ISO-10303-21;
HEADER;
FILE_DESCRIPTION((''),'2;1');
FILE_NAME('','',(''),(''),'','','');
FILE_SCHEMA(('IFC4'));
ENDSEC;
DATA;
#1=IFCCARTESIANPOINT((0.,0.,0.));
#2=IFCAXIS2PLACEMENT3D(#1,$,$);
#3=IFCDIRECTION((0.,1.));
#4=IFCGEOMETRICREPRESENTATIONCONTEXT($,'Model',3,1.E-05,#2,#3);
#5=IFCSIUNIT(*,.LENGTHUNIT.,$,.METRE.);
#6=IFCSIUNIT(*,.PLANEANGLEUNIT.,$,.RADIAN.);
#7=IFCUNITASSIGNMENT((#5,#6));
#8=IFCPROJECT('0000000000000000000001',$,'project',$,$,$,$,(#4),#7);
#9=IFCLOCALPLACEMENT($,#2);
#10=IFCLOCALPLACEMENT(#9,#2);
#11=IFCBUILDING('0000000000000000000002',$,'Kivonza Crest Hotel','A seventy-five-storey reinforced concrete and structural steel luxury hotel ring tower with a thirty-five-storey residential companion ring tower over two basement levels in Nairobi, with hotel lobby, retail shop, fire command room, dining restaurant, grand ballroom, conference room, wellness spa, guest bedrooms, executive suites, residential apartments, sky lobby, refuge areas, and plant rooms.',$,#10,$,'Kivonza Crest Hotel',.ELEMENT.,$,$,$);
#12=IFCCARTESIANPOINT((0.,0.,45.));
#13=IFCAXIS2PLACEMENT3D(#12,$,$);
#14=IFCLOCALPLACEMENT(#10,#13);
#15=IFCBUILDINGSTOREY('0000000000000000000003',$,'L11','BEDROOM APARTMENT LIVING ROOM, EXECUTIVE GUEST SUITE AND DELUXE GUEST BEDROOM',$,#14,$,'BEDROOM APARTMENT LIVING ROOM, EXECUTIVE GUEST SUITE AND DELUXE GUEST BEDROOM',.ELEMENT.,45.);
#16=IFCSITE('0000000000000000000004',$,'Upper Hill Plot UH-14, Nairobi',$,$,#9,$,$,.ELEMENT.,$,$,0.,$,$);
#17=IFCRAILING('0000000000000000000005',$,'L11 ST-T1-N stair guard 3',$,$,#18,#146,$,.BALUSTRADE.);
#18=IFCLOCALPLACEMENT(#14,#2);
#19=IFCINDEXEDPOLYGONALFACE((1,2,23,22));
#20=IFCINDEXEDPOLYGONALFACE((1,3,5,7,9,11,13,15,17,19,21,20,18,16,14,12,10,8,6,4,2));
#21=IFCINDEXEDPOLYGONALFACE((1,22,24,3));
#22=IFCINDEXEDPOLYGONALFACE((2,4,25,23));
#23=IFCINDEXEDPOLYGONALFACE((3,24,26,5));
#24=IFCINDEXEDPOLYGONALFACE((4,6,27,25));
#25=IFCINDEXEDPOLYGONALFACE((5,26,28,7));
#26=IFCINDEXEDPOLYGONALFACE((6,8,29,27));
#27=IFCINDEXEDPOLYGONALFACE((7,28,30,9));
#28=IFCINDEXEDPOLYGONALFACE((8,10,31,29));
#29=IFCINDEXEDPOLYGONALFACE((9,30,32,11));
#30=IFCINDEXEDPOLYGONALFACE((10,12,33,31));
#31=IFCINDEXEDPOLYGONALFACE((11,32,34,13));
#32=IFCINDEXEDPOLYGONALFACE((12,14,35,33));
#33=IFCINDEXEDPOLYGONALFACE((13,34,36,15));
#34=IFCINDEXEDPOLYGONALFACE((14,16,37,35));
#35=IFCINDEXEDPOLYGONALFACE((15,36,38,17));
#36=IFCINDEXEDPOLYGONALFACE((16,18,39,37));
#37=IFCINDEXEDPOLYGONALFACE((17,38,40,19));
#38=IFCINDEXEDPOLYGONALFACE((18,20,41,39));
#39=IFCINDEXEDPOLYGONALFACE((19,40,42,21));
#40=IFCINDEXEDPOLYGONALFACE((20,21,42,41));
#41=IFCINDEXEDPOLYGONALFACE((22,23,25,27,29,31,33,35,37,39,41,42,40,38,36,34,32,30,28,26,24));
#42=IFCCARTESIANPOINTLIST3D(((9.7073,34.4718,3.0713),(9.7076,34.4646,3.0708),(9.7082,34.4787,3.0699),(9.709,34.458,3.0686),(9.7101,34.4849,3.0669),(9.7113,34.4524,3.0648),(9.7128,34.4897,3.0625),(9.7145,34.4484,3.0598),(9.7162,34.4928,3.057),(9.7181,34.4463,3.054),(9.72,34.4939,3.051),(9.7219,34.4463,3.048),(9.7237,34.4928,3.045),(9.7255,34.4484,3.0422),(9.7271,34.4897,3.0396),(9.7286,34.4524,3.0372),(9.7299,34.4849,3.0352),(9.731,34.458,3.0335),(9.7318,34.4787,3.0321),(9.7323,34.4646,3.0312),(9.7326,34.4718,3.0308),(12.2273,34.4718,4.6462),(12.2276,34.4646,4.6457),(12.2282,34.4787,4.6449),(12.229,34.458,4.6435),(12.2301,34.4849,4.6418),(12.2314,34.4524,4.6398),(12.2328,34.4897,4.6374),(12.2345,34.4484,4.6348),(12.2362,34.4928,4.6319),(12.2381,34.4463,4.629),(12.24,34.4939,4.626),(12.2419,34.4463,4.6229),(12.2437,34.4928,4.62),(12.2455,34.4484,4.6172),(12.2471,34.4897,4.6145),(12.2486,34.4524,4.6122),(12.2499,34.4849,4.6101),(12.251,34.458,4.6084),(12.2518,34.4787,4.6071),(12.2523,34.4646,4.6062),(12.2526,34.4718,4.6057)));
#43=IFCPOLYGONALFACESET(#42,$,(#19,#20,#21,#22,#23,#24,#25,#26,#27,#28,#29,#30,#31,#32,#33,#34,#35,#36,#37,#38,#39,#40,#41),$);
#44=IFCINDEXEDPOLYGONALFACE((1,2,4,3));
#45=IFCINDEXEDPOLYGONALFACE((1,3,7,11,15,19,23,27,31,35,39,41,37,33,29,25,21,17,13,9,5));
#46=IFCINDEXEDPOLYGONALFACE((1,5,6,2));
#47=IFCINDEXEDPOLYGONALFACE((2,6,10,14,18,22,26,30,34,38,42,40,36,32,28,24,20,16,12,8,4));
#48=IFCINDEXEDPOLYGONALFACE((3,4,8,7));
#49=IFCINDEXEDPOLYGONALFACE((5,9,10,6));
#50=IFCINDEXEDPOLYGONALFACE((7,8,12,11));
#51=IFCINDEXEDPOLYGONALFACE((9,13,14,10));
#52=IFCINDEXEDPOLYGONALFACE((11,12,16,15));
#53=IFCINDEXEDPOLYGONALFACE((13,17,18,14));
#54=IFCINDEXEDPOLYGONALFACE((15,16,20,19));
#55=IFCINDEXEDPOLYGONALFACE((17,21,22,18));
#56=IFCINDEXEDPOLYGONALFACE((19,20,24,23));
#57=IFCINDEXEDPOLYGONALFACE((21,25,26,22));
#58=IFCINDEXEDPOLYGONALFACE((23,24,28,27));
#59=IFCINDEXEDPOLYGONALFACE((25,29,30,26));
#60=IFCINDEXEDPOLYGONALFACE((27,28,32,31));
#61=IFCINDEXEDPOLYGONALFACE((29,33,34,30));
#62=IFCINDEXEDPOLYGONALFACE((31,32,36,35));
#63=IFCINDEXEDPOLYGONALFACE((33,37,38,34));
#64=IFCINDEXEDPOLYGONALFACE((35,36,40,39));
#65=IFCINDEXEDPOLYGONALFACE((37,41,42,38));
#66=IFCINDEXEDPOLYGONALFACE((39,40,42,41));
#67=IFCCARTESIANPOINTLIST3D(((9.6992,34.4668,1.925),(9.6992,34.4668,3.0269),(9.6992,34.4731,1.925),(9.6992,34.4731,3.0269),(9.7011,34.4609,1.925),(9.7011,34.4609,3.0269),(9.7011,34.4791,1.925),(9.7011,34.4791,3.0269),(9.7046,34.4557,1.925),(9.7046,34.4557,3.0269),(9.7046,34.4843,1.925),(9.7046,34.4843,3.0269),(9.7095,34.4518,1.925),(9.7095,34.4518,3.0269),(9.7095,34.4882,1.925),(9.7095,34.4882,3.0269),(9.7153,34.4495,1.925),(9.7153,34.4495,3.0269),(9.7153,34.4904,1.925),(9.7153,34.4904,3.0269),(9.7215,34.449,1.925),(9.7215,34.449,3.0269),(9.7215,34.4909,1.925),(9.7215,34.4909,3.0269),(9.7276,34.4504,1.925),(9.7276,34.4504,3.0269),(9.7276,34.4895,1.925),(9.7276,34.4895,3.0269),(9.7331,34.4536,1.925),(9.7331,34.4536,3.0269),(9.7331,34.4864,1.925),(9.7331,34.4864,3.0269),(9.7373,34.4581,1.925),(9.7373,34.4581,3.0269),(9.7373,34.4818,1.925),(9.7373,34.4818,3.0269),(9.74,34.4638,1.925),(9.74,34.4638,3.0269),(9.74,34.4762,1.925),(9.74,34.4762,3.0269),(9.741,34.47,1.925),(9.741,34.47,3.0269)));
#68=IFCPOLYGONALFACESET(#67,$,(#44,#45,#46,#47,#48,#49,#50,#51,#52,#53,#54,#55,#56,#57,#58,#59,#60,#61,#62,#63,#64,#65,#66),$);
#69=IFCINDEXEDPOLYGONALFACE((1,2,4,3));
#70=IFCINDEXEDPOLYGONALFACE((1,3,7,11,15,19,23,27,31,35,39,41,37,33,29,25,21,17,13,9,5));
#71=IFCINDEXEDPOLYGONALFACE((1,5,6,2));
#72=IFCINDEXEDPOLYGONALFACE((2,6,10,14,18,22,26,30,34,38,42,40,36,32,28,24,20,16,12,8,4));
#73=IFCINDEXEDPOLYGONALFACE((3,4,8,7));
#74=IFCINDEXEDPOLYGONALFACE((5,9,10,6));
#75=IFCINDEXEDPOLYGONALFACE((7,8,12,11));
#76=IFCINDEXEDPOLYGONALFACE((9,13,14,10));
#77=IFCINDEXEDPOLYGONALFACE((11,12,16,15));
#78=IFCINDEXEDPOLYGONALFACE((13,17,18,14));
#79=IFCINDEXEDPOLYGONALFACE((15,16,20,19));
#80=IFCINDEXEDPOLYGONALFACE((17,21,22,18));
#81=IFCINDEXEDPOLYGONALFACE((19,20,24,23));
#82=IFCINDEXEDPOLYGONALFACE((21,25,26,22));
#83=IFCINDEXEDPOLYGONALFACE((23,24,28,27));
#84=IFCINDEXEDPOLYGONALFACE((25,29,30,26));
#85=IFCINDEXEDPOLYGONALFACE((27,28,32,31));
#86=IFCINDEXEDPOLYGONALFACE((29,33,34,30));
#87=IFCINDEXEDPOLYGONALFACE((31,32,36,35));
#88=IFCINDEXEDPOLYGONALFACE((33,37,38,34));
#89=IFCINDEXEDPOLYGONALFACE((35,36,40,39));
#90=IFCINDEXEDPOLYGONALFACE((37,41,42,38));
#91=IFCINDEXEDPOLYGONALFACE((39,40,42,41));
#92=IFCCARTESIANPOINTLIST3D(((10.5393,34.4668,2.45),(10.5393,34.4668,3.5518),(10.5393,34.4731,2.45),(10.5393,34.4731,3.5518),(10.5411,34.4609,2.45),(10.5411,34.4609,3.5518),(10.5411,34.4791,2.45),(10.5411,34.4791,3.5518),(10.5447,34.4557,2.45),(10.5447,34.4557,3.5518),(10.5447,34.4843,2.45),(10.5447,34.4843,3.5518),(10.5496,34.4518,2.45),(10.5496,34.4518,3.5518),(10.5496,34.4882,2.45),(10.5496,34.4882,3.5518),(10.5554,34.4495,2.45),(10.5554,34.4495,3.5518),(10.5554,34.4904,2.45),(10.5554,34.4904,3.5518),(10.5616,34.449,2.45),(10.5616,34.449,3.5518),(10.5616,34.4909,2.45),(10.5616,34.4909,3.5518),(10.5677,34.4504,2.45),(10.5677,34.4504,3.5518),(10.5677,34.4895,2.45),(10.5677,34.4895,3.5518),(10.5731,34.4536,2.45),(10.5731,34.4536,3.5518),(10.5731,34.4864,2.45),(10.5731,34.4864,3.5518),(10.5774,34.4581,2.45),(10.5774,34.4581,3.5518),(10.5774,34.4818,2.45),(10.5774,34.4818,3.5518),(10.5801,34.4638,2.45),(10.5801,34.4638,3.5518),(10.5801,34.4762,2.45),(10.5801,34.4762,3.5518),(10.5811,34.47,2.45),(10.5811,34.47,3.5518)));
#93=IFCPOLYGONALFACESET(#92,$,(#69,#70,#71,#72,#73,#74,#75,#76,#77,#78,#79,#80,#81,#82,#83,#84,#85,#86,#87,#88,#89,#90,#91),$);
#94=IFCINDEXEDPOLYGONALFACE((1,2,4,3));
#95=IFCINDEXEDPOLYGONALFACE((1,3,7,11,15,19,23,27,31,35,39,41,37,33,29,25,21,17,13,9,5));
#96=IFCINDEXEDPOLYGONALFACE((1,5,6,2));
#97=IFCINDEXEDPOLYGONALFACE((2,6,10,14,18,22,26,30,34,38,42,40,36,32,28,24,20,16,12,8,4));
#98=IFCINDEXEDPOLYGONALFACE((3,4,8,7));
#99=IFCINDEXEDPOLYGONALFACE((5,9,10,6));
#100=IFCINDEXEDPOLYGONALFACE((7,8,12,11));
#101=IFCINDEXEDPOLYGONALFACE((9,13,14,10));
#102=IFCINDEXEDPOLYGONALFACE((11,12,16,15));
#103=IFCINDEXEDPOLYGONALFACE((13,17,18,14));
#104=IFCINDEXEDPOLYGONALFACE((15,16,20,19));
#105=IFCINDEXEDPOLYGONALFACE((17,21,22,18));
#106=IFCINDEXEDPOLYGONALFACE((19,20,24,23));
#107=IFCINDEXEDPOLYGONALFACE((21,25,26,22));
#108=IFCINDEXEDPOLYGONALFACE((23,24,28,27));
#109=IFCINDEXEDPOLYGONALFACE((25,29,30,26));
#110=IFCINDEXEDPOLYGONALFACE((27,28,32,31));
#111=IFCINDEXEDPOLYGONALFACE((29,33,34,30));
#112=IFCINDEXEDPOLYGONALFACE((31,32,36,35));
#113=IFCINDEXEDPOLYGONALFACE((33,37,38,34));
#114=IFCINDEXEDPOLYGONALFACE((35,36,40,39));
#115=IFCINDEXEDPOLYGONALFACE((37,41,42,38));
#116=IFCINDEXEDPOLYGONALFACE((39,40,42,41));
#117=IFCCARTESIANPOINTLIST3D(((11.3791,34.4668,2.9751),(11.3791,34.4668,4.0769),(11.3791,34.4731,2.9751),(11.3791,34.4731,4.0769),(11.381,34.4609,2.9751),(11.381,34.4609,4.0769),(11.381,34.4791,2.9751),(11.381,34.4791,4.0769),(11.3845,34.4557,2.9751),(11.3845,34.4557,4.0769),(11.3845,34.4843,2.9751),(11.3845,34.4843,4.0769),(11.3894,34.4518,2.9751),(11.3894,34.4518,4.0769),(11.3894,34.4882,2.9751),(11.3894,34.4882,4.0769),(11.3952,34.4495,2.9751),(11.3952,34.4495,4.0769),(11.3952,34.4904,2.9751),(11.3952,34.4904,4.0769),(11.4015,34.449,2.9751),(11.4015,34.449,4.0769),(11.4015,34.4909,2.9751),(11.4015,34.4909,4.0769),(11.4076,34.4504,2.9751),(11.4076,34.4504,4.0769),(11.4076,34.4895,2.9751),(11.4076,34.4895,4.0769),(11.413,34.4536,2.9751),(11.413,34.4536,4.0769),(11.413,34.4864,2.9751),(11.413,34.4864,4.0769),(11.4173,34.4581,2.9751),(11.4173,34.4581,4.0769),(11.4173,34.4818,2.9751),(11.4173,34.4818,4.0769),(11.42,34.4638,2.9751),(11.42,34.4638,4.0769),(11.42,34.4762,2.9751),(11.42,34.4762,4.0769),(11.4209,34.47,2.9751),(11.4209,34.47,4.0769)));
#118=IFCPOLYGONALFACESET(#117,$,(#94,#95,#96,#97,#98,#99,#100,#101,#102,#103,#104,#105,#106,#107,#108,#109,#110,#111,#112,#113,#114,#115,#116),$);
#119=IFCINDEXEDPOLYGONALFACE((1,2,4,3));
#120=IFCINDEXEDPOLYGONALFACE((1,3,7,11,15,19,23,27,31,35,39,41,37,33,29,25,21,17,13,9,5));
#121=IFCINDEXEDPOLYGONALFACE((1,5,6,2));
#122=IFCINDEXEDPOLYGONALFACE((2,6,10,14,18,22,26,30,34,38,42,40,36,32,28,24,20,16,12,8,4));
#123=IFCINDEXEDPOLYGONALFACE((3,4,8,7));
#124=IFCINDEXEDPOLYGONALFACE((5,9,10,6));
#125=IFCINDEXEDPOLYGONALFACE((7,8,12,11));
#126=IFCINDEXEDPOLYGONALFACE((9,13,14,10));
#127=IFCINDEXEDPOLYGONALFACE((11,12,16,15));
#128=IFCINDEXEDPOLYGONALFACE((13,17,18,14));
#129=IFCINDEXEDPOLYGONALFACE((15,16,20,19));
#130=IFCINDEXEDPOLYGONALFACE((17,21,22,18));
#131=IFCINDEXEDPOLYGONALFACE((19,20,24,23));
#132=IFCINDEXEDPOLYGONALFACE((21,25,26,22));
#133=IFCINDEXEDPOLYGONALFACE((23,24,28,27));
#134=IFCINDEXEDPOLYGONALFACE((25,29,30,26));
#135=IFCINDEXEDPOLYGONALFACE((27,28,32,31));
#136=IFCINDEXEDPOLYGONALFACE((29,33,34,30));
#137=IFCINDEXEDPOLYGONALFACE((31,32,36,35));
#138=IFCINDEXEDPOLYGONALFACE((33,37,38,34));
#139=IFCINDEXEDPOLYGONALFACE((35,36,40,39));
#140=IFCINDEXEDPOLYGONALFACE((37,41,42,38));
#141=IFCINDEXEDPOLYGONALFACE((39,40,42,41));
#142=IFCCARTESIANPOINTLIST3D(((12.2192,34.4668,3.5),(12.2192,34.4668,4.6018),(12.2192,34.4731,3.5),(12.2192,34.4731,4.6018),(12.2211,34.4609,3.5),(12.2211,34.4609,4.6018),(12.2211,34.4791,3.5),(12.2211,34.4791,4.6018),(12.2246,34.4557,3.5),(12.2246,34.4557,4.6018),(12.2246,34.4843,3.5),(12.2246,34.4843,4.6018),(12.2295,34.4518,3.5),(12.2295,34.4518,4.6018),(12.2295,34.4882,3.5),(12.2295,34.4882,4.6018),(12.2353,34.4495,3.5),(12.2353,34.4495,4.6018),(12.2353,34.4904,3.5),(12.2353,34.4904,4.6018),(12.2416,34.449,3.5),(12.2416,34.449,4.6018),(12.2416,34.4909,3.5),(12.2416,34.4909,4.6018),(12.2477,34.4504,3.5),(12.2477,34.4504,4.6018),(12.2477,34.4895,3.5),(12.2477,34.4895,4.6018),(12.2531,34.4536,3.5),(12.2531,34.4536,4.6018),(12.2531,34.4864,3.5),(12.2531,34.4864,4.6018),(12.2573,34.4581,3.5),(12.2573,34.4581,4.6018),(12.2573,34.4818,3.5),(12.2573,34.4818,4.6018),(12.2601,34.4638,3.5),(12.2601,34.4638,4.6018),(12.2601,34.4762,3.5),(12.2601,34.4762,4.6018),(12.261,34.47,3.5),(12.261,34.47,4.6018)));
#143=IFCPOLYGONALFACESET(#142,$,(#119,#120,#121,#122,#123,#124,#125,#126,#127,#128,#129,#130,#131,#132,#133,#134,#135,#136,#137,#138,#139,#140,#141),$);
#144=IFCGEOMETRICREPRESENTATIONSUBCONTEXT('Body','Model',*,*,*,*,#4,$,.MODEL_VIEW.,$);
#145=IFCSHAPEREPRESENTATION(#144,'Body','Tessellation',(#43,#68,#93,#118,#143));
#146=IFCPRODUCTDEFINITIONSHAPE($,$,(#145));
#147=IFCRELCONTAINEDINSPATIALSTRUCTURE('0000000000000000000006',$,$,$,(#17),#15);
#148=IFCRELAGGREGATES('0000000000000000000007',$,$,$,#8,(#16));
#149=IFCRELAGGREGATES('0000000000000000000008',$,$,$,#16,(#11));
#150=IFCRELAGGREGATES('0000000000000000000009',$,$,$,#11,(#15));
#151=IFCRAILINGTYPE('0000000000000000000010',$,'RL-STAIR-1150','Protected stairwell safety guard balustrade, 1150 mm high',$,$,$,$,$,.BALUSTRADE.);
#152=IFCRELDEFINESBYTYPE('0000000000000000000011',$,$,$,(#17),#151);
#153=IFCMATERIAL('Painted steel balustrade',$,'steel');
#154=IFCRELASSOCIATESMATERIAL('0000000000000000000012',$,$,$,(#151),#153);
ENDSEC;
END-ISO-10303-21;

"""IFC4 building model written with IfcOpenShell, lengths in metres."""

from ifc_helpers import new_model, si_unit, direction, frame, origin, origin_2d, place, context, subcontext, project, spatial, circle, extrude, material, type_object, element, save


model = new_model("IFC4")

# Units and contexts
model_context = context("Model", 3, precision=1e-05, world=origin(), true_north=direction((0.0, 1.0)))
body_context = subcontext(model_context, "Body", "Model", "MODEL_VIEW")
ifc_project = project(units=[si_unit("LENGTHUNIT", "METRE"), si_unit("PLANEANGLEUNIT", "RADIAN")], contexts=[model_context])

# Site, building, storey
site_placement = place(None, origin())
site = spatial("IfcSite", under=ifc_project, at=site_placement, Name="Upper Hill Plot UH-14, Nairobi", CompositionType="ELEMENT", RefElevation=0.0)
building_placement = place(site_placement, origin())
building = spatial("IfcBuilding", under=site, at=building_placement, Name="Kivonza Crest Hotel", Description="A seventy-five-storey reinforced concrete and structural steel luxury hotel ring tower with a thirty-five-storey residential companion ring tower over two basement levels in Nairobi, with hotel lobby, retail shop, fire command room, dining restaurant, grand ballroom, conference room, wellness spa, guest bedrooms, executive suites, residential apartments, sky lobby, refuge areas, and plant rooms.", LongName="Kivonza Crest Hotel", CompositionType="ELEMENT")
storey_placement = place(building_placement, frame((0.0, 0.0, 45.0)))
storey = spatial("IfcBuildingStorey", under=building, at=storey_placement, Name="L11", Description="BEDROOM APARTMENT LIVING ROOM, EXECUTIVE GUEST SUITE AND DELUXE GUEST BEDROOM", LongName="BEDROOM APARTMENT LIVING ROOM, EXECUTIVE GUEST SUITE AND DELUXE GUEST BEDROOM", CompositionType="ELEMENT", Elevation=45.0)

# Railing
ifc_material_1 = material(Name="Painted steel balustrade", Category="steel")
railing_type_1 = type_object("IfcRailingType", Name="RL-STAIR-1150", Description="Protected stairwell safety guard balustrade, 1150 mm high", PredefinedType="BALUSTRADE", material=ifc_material_1)
railing_1_placement = place(storey_placement, frame((9.72, 34.47, 1.925)))
element("IfcRailing", 1, at=railing_1_placement, inside=storey, type_object=railing_type_1, Name="L11 ST-T1-N stair guard 3", PredefinedType="BALUSTRADE", context=body_context, shape_type="SweptSolid", body=[
    extrude(circle(Radius=0.0239, at=origin_2d()), frame((0.0, 0.0, 1.126), z_axis=(0.848008, 0.0, 0.529984), x_axis=(0.0, 1.0, 0.0)), (0.0, 0.0, 1.0), 2.9717),
    extrude(circle(Radius=0.021, at=origin_2d()), origin(), (0.0, 0.0, 1.0), 1.1018),
    extrude(circle(Radius=0.021, at=origin_2d()), frame((0.8401, 0.0, 0.5249)), (0.0, 0.0, 1.0), 1.1018),
    extrude(circle(Radius=0.021, at=origin_2d()), frame((1.6799, 0.0, 1.05)), (0.0, 0.0, 1.0), 1.1018),
    extrude(circle(Radius=0.021, at=origin_2d()), frame((2.52, 0.0, 1.575)), (0.0, 0.0, 1.0), 1.1018),
])

save(model, "model.ifc")
